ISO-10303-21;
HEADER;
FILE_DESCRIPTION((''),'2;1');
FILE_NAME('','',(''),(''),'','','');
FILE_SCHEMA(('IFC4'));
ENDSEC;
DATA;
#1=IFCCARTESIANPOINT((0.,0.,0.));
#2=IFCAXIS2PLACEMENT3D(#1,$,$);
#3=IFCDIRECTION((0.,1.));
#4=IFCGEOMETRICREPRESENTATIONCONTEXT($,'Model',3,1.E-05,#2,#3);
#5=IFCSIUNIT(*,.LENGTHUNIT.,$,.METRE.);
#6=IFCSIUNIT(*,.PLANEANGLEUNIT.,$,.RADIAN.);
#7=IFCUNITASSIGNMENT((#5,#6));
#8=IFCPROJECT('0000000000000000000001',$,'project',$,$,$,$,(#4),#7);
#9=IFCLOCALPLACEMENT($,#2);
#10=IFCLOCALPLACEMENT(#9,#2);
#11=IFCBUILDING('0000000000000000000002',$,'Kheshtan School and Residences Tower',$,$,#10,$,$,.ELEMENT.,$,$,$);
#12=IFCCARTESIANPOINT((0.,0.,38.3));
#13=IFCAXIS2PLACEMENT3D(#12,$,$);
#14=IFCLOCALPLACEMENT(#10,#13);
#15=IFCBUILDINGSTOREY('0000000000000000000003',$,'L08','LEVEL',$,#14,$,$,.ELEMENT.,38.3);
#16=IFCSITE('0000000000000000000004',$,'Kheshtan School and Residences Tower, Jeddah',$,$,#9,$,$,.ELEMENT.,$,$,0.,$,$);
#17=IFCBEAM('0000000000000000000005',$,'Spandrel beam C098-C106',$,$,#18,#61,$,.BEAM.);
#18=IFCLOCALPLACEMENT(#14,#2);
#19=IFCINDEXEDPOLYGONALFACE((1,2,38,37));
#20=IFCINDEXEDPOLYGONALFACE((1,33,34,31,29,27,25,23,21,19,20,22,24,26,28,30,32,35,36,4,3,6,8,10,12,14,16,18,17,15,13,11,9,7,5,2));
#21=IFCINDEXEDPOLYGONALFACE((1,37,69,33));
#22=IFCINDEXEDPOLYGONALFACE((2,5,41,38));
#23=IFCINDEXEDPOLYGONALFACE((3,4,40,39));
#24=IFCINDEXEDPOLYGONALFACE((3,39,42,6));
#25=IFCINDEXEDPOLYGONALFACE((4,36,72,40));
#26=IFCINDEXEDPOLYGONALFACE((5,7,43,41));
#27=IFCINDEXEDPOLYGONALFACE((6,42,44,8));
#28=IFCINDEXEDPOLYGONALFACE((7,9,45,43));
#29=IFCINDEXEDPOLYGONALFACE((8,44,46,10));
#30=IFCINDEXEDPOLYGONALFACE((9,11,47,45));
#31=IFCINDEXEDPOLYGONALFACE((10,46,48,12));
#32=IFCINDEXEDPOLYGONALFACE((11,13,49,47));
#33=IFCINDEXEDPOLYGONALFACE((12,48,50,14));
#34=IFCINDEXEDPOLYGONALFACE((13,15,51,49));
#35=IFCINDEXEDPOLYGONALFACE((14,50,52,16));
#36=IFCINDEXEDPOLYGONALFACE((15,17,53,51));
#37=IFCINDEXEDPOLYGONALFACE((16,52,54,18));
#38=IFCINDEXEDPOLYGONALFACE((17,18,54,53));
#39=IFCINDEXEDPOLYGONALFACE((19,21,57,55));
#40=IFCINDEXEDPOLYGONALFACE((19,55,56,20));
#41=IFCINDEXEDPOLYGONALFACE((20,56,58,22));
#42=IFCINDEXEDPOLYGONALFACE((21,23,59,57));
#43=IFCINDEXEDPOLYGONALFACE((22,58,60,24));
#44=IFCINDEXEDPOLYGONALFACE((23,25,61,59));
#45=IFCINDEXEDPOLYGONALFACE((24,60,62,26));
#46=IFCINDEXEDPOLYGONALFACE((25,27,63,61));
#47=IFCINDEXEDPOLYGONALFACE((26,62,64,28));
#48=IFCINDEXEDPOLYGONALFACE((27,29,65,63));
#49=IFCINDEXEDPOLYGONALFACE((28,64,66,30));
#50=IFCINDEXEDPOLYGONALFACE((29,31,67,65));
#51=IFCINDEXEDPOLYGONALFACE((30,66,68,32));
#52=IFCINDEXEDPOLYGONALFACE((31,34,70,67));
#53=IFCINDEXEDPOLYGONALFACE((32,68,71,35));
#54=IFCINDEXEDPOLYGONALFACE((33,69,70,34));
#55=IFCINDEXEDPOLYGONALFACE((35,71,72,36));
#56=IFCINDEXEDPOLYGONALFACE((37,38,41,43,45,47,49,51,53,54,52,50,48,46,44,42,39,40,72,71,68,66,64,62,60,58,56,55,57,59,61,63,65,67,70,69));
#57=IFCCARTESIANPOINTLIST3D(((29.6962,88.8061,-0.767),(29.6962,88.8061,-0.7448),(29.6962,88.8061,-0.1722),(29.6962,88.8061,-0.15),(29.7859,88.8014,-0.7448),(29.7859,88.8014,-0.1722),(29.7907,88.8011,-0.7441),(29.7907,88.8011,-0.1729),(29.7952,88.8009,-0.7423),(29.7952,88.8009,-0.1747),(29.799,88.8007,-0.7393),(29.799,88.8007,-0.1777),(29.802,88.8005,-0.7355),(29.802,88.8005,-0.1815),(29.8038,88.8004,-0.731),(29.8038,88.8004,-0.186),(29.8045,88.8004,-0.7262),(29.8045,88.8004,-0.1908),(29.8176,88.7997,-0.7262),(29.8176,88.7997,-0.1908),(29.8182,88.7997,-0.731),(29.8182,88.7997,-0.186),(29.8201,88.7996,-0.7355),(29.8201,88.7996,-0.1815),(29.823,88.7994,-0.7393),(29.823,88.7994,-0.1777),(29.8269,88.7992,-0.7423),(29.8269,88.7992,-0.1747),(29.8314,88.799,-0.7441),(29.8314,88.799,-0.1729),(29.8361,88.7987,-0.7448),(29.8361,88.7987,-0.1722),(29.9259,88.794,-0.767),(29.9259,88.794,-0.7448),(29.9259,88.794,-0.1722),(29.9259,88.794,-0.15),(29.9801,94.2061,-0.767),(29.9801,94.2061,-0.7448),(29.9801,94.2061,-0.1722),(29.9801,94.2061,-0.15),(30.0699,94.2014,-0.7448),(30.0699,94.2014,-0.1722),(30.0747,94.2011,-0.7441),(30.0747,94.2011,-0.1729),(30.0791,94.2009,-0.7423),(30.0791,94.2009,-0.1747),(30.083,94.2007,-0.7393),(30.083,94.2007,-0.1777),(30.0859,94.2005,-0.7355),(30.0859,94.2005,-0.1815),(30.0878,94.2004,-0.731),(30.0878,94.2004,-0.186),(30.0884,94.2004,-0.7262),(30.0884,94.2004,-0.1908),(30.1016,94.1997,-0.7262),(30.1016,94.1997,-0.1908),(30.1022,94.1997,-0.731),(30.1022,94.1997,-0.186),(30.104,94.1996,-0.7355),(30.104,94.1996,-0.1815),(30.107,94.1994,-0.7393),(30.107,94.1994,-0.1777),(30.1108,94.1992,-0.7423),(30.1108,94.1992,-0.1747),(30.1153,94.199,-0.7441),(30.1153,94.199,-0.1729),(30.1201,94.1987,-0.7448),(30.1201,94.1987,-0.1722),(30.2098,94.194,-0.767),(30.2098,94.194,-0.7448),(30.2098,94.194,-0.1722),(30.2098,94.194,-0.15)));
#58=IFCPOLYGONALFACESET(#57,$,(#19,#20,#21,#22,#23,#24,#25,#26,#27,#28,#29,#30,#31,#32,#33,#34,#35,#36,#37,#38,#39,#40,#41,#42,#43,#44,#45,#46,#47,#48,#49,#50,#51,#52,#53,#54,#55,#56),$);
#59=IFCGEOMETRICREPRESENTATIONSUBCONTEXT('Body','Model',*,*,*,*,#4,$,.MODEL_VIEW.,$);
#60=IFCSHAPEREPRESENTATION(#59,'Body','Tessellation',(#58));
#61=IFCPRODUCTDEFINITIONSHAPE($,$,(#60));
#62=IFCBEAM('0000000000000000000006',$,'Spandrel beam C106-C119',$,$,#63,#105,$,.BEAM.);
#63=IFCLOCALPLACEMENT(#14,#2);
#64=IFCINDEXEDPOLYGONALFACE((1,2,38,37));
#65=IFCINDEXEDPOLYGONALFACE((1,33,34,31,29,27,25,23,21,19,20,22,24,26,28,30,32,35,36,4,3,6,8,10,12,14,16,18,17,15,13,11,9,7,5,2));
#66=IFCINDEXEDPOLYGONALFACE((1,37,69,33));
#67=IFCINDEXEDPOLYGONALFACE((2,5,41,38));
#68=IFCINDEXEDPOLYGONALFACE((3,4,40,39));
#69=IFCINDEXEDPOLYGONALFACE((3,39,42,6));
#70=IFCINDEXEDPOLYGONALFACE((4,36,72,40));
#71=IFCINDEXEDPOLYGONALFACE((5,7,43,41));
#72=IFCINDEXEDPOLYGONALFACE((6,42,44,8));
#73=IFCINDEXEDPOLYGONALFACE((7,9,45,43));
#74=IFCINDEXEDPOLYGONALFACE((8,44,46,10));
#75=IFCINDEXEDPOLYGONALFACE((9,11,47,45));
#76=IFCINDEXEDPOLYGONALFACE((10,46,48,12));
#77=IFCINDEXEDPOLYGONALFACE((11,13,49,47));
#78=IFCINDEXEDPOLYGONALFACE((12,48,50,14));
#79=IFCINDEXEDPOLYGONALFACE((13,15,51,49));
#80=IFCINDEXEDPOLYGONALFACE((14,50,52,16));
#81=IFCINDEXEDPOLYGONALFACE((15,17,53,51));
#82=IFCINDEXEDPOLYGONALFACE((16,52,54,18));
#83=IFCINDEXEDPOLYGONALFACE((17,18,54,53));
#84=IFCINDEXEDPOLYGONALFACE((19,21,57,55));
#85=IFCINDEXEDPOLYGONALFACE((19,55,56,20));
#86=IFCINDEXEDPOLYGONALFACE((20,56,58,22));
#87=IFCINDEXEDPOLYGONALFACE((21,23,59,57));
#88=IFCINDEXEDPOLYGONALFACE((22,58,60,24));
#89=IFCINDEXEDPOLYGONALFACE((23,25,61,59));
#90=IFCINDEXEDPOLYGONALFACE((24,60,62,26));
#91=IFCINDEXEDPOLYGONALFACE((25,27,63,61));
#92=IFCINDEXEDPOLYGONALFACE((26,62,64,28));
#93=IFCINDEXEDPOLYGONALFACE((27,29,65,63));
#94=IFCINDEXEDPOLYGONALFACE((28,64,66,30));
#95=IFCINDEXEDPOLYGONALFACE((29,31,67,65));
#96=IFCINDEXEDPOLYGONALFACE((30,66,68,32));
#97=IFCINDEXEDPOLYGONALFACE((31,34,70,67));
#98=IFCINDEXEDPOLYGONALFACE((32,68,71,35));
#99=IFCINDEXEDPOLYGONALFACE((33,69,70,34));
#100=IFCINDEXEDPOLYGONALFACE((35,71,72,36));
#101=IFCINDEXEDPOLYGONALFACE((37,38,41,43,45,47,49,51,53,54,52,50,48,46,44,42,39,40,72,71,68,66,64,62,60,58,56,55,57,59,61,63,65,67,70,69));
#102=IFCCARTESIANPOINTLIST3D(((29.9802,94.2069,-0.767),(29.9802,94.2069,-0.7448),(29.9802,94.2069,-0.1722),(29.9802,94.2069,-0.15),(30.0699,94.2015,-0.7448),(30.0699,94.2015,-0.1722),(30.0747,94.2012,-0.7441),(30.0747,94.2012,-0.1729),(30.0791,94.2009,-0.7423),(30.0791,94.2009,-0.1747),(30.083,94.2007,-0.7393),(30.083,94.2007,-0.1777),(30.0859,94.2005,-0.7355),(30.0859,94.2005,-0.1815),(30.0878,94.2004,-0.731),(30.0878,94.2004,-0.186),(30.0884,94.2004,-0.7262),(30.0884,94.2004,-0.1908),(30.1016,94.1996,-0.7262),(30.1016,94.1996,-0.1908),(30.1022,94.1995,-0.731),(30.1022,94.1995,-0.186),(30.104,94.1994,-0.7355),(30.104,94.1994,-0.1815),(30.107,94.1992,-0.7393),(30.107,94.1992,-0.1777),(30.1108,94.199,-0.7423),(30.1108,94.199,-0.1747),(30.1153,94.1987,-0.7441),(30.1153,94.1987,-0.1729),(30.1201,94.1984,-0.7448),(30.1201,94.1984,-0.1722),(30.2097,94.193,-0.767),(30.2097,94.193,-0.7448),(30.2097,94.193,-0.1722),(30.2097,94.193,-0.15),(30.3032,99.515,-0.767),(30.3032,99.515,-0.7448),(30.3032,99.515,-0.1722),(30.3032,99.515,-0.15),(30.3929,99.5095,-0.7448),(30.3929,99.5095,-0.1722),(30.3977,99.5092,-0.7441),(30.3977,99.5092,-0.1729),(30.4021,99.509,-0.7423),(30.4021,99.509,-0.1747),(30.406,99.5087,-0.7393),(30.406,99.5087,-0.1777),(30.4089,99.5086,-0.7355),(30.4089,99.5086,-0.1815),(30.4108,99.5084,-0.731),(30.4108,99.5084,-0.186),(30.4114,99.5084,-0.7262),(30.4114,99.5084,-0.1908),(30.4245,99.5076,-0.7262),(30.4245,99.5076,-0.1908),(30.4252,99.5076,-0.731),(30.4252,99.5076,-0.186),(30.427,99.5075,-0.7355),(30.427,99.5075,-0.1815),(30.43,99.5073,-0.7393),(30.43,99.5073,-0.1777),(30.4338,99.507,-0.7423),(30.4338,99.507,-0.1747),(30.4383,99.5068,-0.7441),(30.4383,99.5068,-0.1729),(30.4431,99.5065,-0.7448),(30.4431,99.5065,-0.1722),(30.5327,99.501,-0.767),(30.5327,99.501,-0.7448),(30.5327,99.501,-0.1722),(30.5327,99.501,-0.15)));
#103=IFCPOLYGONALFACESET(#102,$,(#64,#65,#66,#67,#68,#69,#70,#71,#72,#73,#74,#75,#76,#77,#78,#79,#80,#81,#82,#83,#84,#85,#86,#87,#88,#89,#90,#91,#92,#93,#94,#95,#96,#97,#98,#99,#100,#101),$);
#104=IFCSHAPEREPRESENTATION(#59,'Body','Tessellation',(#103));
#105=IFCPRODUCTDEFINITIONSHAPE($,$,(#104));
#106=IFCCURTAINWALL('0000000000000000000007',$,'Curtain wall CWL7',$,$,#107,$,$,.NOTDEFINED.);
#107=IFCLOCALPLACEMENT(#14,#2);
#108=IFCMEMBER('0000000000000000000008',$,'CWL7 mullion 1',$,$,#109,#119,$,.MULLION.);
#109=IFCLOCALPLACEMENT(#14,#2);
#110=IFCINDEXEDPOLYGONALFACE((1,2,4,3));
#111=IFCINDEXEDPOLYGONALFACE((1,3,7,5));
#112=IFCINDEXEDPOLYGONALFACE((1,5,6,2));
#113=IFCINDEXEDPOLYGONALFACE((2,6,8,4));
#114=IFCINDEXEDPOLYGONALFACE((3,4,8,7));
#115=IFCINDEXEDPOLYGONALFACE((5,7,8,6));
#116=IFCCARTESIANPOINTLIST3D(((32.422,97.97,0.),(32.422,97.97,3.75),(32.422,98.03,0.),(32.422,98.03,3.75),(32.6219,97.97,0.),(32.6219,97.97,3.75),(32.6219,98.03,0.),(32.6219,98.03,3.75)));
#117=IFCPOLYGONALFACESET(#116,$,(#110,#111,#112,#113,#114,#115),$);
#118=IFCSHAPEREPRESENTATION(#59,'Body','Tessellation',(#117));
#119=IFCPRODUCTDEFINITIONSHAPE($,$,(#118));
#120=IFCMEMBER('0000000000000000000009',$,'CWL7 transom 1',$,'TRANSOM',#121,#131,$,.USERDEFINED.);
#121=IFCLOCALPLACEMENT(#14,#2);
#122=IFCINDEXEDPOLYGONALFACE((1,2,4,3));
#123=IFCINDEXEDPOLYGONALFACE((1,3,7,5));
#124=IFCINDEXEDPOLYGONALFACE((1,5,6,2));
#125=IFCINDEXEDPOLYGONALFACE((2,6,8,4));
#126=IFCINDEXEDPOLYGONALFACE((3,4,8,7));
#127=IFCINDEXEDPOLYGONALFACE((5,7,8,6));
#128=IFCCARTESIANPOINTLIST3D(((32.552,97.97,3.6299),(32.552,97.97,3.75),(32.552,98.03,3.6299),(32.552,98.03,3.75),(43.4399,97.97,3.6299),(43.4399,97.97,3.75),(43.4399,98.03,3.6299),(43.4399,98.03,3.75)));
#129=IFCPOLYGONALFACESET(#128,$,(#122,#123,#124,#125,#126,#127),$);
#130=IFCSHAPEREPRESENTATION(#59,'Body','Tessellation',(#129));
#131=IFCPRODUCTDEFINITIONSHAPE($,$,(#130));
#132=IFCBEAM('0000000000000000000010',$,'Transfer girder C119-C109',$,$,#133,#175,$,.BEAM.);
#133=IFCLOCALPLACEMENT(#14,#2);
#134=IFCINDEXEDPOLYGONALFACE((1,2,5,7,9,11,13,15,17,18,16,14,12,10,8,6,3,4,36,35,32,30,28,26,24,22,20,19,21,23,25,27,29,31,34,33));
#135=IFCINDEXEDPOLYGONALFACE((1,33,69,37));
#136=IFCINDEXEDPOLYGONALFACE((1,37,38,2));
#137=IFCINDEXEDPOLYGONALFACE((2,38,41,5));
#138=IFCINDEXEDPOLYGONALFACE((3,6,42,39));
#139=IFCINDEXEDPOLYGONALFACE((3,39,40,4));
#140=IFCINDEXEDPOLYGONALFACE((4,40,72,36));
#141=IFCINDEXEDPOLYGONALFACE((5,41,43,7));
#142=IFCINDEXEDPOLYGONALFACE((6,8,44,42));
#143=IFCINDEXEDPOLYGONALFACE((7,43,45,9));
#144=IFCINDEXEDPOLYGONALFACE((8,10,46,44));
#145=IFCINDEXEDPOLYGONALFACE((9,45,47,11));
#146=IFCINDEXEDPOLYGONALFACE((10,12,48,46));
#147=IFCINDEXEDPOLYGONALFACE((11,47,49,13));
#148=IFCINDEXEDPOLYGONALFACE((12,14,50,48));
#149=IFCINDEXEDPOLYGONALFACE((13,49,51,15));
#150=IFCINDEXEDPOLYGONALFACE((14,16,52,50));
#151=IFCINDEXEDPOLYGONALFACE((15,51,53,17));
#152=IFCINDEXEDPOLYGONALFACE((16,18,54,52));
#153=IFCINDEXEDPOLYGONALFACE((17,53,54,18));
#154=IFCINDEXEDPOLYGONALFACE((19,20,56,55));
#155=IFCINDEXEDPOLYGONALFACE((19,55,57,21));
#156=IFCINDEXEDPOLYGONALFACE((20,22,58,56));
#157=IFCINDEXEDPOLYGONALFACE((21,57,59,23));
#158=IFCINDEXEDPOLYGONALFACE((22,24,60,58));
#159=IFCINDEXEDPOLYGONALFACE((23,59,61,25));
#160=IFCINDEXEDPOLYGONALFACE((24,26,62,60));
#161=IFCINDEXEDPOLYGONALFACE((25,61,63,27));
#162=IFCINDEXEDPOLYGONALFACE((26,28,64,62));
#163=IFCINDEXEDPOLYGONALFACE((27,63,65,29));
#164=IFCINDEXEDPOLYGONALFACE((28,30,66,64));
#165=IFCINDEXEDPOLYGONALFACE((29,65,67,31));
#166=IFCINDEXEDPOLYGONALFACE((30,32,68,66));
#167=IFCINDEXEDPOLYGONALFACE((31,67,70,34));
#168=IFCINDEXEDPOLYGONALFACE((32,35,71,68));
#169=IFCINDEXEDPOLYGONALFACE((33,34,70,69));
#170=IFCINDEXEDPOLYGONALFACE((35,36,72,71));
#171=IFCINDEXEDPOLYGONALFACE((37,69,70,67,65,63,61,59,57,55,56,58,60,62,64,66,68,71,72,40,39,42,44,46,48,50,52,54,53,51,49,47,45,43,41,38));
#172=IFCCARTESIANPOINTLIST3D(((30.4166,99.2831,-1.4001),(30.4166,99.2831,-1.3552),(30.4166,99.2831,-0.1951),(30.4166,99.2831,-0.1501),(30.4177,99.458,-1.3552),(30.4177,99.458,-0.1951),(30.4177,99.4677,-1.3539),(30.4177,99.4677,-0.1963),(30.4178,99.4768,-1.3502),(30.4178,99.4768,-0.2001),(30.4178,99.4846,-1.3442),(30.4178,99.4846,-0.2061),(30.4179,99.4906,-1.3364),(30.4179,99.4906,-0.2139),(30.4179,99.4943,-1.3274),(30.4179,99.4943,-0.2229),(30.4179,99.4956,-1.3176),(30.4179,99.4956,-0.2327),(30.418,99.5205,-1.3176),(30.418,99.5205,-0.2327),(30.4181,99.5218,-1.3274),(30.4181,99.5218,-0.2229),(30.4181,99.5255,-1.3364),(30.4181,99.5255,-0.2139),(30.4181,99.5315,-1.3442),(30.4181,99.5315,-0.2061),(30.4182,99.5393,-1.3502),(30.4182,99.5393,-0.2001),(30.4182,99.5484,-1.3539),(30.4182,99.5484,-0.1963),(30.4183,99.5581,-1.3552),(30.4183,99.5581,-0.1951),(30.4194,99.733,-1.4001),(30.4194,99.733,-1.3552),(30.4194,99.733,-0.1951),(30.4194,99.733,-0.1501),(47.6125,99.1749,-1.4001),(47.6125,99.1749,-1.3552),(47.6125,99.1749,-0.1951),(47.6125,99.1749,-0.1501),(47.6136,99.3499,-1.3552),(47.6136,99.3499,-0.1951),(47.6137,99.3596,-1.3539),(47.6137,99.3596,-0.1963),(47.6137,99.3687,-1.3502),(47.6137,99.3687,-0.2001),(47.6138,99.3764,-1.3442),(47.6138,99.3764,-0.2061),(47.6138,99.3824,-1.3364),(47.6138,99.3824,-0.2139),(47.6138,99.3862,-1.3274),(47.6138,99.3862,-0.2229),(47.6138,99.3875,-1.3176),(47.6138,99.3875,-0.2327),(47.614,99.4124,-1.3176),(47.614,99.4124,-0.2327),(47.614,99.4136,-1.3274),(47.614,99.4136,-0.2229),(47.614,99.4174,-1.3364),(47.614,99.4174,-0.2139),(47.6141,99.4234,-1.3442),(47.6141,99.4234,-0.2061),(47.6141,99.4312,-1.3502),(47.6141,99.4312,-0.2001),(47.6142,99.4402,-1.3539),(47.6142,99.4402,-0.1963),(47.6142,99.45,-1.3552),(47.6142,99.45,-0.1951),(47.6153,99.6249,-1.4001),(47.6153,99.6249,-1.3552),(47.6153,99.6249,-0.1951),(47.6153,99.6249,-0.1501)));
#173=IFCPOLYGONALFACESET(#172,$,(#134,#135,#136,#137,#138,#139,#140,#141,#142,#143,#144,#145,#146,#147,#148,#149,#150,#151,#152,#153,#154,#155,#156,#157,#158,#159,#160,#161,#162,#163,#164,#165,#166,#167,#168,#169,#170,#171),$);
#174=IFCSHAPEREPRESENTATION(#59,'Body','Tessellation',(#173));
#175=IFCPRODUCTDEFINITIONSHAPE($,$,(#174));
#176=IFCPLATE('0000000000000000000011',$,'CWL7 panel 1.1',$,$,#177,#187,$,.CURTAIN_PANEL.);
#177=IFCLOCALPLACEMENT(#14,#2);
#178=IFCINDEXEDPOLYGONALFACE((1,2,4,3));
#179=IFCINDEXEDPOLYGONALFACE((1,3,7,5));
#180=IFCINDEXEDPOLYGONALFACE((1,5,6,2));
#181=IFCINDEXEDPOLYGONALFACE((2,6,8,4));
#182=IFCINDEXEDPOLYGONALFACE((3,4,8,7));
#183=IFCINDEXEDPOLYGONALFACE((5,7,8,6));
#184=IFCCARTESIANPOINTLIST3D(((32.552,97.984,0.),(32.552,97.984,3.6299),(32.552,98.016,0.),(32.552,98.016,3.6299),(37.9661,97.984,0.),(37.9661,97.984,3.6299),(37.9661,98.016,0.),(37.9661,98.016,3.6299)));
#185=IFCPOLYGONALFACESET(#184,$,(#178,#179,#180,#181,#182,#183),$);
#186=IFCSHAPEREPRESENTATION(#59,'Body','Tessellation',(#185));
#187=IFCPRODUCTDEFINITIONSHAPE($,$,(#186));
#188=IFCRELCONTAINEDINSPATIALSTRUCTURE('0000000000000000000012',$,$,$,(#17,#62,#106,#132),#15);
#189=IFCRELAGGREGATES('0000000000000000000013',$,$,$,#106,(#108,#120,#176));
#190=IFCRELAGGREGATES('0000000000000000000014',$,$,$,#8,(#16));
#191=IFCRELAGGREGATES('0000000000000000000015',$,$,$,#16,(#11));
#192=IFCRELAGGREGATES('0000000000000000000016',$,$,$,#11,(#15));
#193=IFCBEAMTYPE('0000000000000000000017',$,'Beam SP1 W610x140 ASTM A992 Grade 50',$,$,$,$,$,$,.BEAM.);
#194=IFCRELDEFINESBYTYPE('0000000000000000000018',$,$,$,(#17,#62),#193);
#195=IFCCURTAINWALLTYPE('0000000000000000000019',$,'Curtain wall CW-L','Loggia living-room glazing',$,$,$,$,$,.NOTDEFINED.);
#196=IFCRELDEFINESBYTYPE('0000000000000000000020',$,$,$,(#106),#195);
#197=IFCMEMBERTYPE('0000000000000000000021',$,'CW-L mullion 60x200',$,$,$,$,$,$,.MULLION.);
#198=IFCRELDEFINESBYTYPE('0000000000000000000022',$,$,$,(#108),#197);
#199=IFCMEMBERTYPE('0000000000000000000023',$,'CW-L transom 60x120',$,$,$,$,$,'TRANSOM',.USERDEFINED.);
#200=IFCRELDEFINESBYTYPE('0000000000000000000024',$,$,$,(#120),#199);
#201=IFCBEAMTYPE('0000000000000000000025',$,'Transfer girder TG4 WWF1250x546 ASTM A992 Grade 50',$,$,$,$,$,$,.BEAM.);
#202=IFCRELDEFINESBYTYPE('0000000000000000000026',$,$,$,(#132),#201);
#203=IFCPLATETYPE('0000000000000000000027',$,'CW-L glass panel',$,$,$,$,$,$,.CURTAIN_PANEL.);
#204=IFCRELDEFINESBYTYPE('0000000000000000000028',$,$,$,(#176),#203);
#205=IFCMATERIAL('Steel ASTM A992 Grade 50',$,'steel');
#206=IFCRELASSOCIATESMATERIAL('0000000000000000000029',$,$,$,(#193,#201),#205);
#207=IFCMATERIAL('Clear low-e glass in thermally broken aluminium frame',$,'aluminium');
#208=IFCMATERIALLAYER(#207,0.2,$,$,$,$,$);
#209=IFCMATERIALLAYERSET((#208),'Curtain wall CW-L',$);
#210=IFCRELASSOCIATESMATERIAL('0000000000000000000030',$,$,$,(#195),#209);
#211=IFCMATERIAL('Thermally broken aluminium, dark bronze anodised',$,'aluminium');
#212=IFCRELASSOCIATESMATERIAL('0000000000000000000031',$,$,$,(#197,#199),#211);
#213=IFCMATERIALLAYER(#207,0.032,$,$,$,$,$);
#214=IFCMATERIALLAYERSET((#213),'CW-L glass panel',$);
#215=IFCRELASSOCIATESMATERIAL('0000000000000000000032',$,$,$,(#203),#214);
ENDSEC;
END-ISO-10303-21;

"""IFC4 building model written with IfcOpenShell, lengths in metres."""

from ifc_helpers import new_model, si_unit, direction, frame, origin, origin_2d, place, context, subcontext, project, spatial, rectangle, i_section, extrude, material, layer, layer_set, material_profile, profile_set, type_object, element, aggregate, save


model = new_model("IFC4")

# Units and contexts
model_context = context("Model", 3, precision=1e-05, world=origin(), true_north=direction((0.0, 1.0)))
body_context = subcontext(model_context, "Body", "Model", "MODEL_VIEW")
ifc_project = project(units=[si_unit("LENGTHUNIT", "METRE"), si_unit("PLANEANGLEUNIT", "RADIAN")], contexts=[model_context])

# Site, building, storey
site_placement = place(None, origin())
site = spatial("IfcSite", under=ifc_project, at=site_placement, Name="Kheshtan School and Residences Tower, Jeddah", CompositionType="ELEMENT", RefElevation=0.0)
building_placement = place(site_placement, origin())
building = spatial("IfcBuilding", under=site, at=building_placement, Name="Kheshtan School and Residences Tower", CompositionType="ELEMENT")
storey_placement = place(building_placement, frame((0.0, 0.0, 38.3)))
storey = spatial("IfcBuildingStorey", under=building, at=storey_placement, Name="L08", Description="LEVEL", CompositionType="ELEMENT", Elevation=38.3)

# Shared definitions
ifc_material_1 = material(Name="Steel ASTM A992 Grade 50", Category="steel")

# Beams
ifc_material_profile_1 = material_profile(ifc_material_1, i_section(OverallWidth=0.23, OverallDepth=0.6169, WebThickness=0.0132, FlangeThickness=0.0222, FilletRadius=0.0186, at=origin_2d()), Name="W610x140")
ifc_profile_set_1 = profile_set([ifc_material_profile_1], Name="Steel ASTM A992 Grade 50")
beam_type_1 = type_object("IfcBeamType", Name="Beam SP1 W610x140 ASTM A992 Grade 50", PredefinedType="BEAM", material=ifc_profile_set_1)
beam_1_placement = place(storey_placement, frame((29.811, 88.8, -0.4585), z_axis=(0.052509, 0.99862, 0.0), x_axis=(-0.99862, 0.052509, 0.0)))
element("IfcBeam", 1, at=beam_1_placement, inside=storey, type_object=beam_type_1, Name="Spandrel beam C098-C106", PredefinedType="BEAM", context=body_context, shape_type="SweptSolid", body=[
    extrude(i_section(OverallWidth=0.23, OverallDepth=0.6169, WebThickness=0.0132, FlangeThickness=0.0222, FilletRadius=0.0186, at=origin_2d()), origin(), (0.0, 0.0, 1.0), 5.4075),
])
beam_2_placement = place(storey_placement, frame((30.095, 94.2, -0.4585), z_axis=(0.060738, 0.998154, 0.0), x_axis=(-0.998154, 0.060738, 0.0)))
element("IfcBeam", 2, at=beam_2_placement, inside=storey, type_object=beam_type_1, Name="Spandrel beam C106-C119", PredefinedType="BEAM", context=body_context, shape_type="SweptSolid", body=[
    extrude(i_section(OverallWidth=0.23, OverallDepth=0.6169, WebThickness=0.0132, FlangeThickness=0.0222, FilletRadius=0.0186, at=origin_2d()), origin(), (0.0, 0.0, 1.0), 5.3179),
])

# Curtain wall, members
ifc_material_2 = material(Name="Clear low-e glass in thermally broken aluminium frame", Category="aluminium")
ifc_layer_1 = layer(ifc_material_2, 0.2)
ifc_layer_set_1 = layer_set([ifc_layer_1], Name="Curtain wall CW-L")
curtain_wall_type = type_object("IfcCurtainWallType", Name="Curtain wall CW-L", Description="Loggia living-room glazing", PredefinedType="NOTDEFINED", material=ifc_layer_set_1)
curtain_wall_placement = place(storey_placement, origin())
curtain_wall = element("IfcCurtainWall", 3, at=curtain_wall_placement, inside=storey, type_object=curtain_wall_type, Name="Curtain wall CWL7", PredefinedType="NOTDEFINED")
ifc_material_3 = material(Name="Thermally broken aluminium, dark bronze anodised", Category="aluminium")
ifc_material_profile_2 = material_profile(ifc_material_3, rectangle(XDim=0.0601, YDim=0.2, at=origin_2d()), Name="CW-L mullion 60x200")
ifc_profile_set_2 = profile_set([ifc_material_profile_2], Name="Thermally broken aluminium, dark bronze anodised")
member_type_1 = type_object("IfcMemberType", Name="CW-L mullion 60x200", PredefinedType="MULLION", material=ifc_profile_set_2)
member_1_placement = place(storey_placement, frame((32.522, 98.0, 0.0), z_axis=(0.0, 0.0, 1.0), x_axis=(0.0, 1.0, 0.0)))
member_1 = element("IfcMember", 4, at=member_1_placement, type_object=member_type_1, Name="CWL7 mullion 1", PredefinedType="MULLION", context=body_context, shape_type="SweptSolid", body=[
    extrude(rectangle(XDim=0.0601, YDim=0.2, at=origin_2d()), origin(), (0.0, 0.0, 1.0), 3.75),
])
ifc_material_profile_3 = material_profile(ifc_material_3, rectangle(XDim=0.0601, YDim=0.1201, at=origin_2d()), Name="CW-L transom 60x120")
ifc_profile_set_3 = profile_set([ifc_material_profile_3], Name="Thermally broken aluminium, dark bronze anodised")
member_type_2 = type_object("IfcMemberType", Name="CW-L transom 60x120", ElementType="TRANSOM", PredefinedType="USERDEFINED", material=ifc_profile_set_3)
member_2_placement = place(storey_placement, frame((32.552, 98.0, 3.6899), z_axis=(1.0, 0.0, 0.0), x_axis=(0.0, 1.0, 0.0)))
member_2 = element("IfcMember", 5, at=member_2_placement, type_object=member_type_2, Name="CWL7 transom 1", ObjectType="TRANSOM", PredefinedType="USERDEFINED", context=body_context, shape_type="SweptSolid", body=[
    extrude(rectangle(XDim=0.0601, YDim=0.1201, at=origin_2d()), origin(), (0.0, 0.0, 1.0), 10.8879),
])

# Beam
ifc_material_profile_4 = material_profile(ifc_material_1, i_section(OverallWidth=0.45, OverallDepth=1.25, WebThickness=0.0249, FlangeThickness=0.0449, FilletRadius=0.0376, at=origin_2d()), Name="WWF1250x546")
ifc_profile_set_4 = profile_set([ifc_material_profile_4], Name="Steel ASTM A992 Grade 50")
beam_type_2 = type_object("IfcBeamType", Name="Transfer girder TG4 WWF1250x546 ASTM A992 Grade 50", PredefinedType="BEAM", material=ifc_profile_set_4)
beam_3_placement = place(storey_placement, frame((30.418, 99.5081, -0.7751), z_axis=(0.99998, -0.006289, 0.0), x_axis=(0.006289, 0.99998, 0.0)))
element("IfcBeam", 6, at=beam_3_placement, inside=storey, type_object=beam_type_2, Name="Transfer girder C119-C109", PredefinedType="BEAM", context=body_context, shape_type="SweptSolid", body=[
    extrude(i_section(OverallWidth=0.45, OverallDepth=1.25, WebThickness=0.0249, FlangeThickness=0.0449, FilletRadius=0.0376, at=origin_2d()), origin(), (0.0, 0.0, 1.0), 17.1963),
])

# Plate
ifc_layer_2 = layer(ifc_material_2, 0.032)
ifc_layer_set_2 = layer_set([ifc_layer_2], Name="CW-L glass panel")
plate_type = type_object("IfcPlateType", Name="CW-L glass panel", PredefinedType="CURTAIN_PANEL", material=ifc_layer_set_2)
plate_placement = place(storey_placement, frame((35.259, 98.0, 0.0), z_axis=(0.0, 0.0, 1.0), x_axis=(1.0, 0.0, 0.0)))
plate = element("IfcPlate", 7, at=plate_placement, type_object=plate_type, Name="CWL7 panel 1.1", PredefinedType="CURTAIN_PANEL", context=body_context, shape_type="SweptSolid", body=[
    extrude(rectangle(XDim=5.4141, YDim=0.032, at=origin_2d()), origin(), (0.0, 0.0, 1.0), 3.6299),
])
aggregate(curtain_wall, [member_1, member_2, plate])

save(model, "model.ifc")
